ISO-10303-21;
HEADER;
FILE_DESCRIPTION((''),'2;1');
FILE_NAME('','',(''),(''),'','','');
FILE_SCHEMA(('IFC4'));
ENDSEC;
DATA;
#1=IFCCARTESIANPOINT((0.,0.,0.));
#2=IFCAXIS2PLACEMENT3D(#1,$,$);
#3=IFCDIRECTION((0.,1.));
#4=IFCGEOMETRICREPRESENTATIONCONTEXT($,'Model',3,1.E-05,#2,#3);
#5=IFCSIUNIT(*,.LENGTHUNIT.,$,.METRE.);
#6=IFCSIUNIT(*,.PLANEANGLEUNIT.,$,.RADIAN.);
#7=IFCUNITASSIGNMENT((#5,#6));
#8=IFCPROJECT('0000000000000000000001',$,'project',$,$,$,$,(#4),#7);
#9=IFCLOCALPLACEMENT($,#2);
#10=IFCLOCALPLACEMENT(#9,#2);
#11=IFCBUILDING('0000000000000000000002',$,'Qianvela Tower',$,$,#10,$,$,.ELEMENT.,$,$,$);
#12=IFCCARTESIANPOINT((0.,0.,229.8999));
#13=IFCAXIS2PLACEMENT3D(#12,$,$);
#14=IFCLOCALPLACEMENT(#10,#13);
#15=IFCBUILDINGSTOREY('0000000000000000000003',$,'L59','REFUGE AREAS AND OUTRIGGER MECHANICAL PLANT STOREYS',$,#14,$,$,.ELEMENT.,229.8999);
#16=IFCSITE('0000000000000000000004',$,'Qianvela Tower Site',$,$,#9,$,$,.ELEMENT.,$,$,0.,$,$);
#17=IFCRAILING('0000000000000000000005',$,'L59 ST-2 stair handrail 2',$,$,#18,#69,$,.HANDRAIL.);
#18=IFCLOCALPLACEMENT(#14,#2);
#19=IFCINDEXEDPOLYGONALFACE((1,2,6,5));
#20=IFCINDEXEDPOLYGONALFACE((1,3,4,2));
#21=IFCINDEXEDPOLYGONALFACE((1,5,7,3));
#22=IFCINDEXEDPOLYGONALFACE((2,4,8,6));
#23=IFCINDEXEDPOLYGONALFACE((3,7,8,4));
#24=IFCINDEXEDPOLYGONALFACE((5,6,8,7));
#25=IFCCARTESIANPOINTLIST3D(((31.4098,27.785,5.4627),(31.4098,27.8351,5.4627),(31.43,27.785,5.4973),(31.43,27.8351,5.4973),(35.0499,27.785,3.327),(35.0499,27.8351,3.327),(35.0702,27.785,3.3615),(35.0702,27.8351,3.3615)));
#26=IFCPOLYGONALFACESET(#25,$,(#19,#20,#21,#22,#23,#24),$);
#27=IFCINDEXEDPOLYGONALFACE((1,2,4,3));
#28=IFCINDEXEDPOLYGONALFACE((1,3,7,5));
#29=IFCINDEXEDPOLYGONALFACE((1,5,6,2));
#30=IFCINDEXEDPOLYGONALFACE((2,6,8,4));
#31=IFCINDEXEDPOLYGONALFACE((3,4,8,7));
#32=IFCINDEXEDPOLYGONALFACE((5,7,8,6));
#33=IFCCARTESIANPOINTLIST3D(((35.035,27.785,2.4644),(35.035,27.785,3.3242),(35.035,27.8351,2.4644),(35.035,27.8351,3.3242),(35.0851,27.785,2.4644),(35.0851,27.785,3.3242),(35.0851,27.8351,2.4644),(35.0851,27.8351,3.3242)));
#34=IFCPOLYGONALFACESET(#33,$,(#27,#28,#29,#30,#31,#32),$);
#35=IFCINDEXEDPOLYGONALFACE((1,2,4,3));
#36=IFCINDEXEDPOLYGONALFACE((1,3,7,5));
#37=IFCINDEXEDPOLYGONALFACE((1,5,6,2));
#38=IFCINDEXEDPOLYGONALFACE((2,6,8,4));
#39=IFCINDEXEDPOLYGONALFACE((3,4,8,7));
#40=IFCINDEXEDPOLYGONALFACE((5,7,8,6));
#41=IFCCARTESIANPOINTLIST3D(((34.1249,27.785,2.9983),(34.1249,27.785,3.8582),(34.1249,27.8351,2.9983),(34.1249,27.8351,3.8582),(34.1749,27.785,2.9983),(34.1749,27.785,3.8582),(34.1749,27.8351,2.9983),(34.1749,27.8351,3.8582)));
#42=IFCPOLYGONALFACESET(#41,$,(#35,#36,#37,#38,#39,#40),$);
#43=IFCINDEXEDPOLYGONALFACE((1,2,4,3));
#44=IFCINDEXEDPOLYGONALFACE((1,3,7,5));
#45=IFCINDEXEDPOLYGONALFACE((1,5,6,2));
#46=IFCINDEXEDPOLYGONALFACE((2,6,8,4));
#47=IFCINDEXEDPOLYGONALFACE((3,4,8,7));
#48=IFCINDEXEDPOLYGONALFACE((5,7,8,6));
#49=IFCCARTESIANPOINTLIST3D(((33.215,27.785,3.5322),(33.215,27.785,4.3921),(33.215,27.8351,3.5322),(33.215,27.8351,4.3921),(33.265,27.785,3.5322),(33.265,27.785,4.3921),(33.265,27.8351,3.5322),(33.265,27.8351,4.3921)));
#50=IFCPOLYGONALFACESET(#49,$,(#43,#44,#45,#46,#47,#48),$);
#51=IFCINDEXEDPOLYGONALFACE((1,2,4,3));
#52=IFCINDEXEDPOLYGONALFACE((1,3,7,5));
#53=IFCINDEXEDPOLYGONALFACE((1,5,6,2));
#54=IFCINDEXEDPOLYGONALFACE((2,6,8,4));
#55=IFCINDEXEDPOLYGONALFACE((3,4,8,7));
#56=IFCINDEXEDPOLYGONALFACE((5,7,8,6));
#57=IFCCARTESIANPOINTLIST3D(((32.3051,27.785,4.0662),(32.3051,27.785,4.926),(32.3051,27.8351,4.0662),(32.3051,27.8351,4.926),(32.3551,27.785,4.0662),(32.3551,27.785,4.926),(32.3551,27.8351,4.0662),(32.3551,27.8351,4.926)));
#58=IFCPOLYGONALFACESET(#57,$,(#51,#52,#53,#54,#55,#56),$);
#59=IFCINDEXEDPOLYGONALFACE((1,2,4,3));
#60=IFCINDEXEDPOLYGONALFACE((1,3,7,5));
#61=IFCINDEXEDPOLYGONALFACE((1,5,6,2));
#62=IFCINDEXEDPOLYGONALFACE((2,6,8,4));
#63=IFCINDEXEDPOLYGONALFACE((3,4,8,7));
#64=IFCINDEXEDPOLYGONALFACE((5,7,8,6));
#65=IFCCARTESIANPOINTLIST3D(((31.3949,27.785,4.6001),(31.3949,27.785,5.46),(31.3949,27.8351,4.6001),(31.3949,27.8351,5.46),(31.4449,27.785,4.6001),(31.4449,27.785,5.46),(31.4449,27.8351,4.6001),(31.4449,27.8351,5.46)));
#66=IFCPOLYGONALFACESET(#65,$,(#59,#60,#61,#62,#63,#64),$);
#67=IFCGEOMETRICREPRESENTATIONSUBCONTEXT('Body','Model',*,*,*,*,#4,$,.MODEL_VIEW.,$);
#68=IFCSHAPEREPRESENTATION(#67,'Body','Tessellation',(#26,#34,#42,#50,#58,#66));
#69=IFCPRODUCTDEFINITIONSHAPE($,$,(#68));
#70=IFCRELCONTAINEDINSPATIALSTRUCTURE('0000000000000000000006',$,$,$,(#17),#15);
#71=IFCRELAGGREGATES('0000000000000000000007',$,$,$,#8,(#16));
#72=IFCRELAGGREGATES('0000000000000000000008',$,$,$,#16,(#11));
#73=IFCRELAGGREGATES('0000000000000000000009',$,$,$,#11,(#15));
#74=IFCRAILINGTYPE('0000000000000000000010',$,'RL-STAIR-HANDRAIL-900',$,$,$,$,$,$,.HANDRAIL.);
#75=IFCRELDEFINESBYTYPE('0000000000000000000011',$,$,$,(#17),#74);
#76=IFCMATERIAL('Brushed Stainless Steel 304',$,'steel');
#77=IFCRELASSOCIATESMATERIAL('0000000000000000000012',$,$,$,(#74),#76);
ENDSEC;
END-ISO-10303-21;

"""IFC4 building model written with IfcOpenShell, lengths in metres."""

from ifc_helpers import new_model, si_unit, direction, frame, origin, origin_2d, place, context, subcontext, project, spatial, rectangle, extrude, material, type_object, element, save


model = new_model("IFC4")

# Units and contexts
model_context = context("Model", 3, precision=1e-05, world=origin(), true_north=direction((0.0, 1.0)))
body_context = subcontext(model_context, "Body", "Model", "MODEL_VIEW")
ifc_project = project(units=[si_unit("LENGTHUNIT", "METRE"), si_unit("PLANEANGLEUNIT", "RADIAN")], contexts=[model_context])

# Site, building, storey
site_placement = place(None, origin())
site = spatial("IfcSite", under=ifc_project, at=site_placement, Name="Qianvela Tower Site", CompositionType="ELEMENT", RefElevation=0.0)
building_placement = place(site_placement, origin())
building = spatial("IfcBuilding", under=site, at=building_placement, Name="Qianvela Tower", CompositionType="ELEMENT")
storey_placement = place(building_placement, frame((0.0, 0.0, 229.8999)))
storey = spatial("IfcBuildingStorey", under=building, at=storey_placement, Name="L59", Description="REFUGE AREAS AND OUTRIGGER MECHANICAL PLANT STOREYS", CompositionType="ELEMENT", Elevation=229.8999)

# Railing
ifc_material_1 = material(Name="Brushed Stainless Steel 304", Category="steel")
railing_type_1 = type_object("IfcRailingType", Name="RL-STAIR-HANDRAIL-900", PredefinedType="HANDRAIL", material=ifc_material_1)
railing_1_placement = place(storey_placement, frame((35.0601, 27.8101, 2.4644)))
element("IfcRailing", 1, at=railing_1_placement, inside=storey, type_object=railing_type_1, Name="L59 ST-2 stair handrail 2", PredefinedType="HANDRAIL", context=body_context, shape_type="SweptSolid", body=[
    extrude(rectangle(XDim=0.05, YDim=0.04, at=origin_2d()), frame((0.0, 0.0, 0.8799), z_axis=(-0.862505, 0.0, 0.506049), x_axis=(0.0, -1.0, 0.0)), (0.0, 0.0, 1.0), 4.2205),
    extrude(rectangle(XDim=0.05, YDim=0.05, at=origin_2d()), origin(), (0.0, 0.0, 1.0), 0.8599),
    extrude(rectangle(XDim=0.05, YDim=0.05, at=origin_2d()), frame((-0.9102, 0.0, 0.5339)), (0.0, 0.0, 1.0), 0.8599),
    extrude(rectangle(XDim=0.05, YDim=0.05, at=origin_2d()), frame((-1.8201, 0.0, 1.0679)), (0.0, 0.0, 1.0), 0.8599),
    extrude(rectangle(XDim=0.05, YDim=0.05, at=origin_2d()), frame((-2.73, 0.0, 1.6018)), (0.0, 0.0, 1.0), 0.8599),
    extrude(rectangle(XDim=0.05, YDim=0.05, at=origin_2d()), frame((-3.6401, 0.0, 2.1357)), (0.0, 0.0, 1.0), 0.8599),
])

save(model, "model.ifc")
